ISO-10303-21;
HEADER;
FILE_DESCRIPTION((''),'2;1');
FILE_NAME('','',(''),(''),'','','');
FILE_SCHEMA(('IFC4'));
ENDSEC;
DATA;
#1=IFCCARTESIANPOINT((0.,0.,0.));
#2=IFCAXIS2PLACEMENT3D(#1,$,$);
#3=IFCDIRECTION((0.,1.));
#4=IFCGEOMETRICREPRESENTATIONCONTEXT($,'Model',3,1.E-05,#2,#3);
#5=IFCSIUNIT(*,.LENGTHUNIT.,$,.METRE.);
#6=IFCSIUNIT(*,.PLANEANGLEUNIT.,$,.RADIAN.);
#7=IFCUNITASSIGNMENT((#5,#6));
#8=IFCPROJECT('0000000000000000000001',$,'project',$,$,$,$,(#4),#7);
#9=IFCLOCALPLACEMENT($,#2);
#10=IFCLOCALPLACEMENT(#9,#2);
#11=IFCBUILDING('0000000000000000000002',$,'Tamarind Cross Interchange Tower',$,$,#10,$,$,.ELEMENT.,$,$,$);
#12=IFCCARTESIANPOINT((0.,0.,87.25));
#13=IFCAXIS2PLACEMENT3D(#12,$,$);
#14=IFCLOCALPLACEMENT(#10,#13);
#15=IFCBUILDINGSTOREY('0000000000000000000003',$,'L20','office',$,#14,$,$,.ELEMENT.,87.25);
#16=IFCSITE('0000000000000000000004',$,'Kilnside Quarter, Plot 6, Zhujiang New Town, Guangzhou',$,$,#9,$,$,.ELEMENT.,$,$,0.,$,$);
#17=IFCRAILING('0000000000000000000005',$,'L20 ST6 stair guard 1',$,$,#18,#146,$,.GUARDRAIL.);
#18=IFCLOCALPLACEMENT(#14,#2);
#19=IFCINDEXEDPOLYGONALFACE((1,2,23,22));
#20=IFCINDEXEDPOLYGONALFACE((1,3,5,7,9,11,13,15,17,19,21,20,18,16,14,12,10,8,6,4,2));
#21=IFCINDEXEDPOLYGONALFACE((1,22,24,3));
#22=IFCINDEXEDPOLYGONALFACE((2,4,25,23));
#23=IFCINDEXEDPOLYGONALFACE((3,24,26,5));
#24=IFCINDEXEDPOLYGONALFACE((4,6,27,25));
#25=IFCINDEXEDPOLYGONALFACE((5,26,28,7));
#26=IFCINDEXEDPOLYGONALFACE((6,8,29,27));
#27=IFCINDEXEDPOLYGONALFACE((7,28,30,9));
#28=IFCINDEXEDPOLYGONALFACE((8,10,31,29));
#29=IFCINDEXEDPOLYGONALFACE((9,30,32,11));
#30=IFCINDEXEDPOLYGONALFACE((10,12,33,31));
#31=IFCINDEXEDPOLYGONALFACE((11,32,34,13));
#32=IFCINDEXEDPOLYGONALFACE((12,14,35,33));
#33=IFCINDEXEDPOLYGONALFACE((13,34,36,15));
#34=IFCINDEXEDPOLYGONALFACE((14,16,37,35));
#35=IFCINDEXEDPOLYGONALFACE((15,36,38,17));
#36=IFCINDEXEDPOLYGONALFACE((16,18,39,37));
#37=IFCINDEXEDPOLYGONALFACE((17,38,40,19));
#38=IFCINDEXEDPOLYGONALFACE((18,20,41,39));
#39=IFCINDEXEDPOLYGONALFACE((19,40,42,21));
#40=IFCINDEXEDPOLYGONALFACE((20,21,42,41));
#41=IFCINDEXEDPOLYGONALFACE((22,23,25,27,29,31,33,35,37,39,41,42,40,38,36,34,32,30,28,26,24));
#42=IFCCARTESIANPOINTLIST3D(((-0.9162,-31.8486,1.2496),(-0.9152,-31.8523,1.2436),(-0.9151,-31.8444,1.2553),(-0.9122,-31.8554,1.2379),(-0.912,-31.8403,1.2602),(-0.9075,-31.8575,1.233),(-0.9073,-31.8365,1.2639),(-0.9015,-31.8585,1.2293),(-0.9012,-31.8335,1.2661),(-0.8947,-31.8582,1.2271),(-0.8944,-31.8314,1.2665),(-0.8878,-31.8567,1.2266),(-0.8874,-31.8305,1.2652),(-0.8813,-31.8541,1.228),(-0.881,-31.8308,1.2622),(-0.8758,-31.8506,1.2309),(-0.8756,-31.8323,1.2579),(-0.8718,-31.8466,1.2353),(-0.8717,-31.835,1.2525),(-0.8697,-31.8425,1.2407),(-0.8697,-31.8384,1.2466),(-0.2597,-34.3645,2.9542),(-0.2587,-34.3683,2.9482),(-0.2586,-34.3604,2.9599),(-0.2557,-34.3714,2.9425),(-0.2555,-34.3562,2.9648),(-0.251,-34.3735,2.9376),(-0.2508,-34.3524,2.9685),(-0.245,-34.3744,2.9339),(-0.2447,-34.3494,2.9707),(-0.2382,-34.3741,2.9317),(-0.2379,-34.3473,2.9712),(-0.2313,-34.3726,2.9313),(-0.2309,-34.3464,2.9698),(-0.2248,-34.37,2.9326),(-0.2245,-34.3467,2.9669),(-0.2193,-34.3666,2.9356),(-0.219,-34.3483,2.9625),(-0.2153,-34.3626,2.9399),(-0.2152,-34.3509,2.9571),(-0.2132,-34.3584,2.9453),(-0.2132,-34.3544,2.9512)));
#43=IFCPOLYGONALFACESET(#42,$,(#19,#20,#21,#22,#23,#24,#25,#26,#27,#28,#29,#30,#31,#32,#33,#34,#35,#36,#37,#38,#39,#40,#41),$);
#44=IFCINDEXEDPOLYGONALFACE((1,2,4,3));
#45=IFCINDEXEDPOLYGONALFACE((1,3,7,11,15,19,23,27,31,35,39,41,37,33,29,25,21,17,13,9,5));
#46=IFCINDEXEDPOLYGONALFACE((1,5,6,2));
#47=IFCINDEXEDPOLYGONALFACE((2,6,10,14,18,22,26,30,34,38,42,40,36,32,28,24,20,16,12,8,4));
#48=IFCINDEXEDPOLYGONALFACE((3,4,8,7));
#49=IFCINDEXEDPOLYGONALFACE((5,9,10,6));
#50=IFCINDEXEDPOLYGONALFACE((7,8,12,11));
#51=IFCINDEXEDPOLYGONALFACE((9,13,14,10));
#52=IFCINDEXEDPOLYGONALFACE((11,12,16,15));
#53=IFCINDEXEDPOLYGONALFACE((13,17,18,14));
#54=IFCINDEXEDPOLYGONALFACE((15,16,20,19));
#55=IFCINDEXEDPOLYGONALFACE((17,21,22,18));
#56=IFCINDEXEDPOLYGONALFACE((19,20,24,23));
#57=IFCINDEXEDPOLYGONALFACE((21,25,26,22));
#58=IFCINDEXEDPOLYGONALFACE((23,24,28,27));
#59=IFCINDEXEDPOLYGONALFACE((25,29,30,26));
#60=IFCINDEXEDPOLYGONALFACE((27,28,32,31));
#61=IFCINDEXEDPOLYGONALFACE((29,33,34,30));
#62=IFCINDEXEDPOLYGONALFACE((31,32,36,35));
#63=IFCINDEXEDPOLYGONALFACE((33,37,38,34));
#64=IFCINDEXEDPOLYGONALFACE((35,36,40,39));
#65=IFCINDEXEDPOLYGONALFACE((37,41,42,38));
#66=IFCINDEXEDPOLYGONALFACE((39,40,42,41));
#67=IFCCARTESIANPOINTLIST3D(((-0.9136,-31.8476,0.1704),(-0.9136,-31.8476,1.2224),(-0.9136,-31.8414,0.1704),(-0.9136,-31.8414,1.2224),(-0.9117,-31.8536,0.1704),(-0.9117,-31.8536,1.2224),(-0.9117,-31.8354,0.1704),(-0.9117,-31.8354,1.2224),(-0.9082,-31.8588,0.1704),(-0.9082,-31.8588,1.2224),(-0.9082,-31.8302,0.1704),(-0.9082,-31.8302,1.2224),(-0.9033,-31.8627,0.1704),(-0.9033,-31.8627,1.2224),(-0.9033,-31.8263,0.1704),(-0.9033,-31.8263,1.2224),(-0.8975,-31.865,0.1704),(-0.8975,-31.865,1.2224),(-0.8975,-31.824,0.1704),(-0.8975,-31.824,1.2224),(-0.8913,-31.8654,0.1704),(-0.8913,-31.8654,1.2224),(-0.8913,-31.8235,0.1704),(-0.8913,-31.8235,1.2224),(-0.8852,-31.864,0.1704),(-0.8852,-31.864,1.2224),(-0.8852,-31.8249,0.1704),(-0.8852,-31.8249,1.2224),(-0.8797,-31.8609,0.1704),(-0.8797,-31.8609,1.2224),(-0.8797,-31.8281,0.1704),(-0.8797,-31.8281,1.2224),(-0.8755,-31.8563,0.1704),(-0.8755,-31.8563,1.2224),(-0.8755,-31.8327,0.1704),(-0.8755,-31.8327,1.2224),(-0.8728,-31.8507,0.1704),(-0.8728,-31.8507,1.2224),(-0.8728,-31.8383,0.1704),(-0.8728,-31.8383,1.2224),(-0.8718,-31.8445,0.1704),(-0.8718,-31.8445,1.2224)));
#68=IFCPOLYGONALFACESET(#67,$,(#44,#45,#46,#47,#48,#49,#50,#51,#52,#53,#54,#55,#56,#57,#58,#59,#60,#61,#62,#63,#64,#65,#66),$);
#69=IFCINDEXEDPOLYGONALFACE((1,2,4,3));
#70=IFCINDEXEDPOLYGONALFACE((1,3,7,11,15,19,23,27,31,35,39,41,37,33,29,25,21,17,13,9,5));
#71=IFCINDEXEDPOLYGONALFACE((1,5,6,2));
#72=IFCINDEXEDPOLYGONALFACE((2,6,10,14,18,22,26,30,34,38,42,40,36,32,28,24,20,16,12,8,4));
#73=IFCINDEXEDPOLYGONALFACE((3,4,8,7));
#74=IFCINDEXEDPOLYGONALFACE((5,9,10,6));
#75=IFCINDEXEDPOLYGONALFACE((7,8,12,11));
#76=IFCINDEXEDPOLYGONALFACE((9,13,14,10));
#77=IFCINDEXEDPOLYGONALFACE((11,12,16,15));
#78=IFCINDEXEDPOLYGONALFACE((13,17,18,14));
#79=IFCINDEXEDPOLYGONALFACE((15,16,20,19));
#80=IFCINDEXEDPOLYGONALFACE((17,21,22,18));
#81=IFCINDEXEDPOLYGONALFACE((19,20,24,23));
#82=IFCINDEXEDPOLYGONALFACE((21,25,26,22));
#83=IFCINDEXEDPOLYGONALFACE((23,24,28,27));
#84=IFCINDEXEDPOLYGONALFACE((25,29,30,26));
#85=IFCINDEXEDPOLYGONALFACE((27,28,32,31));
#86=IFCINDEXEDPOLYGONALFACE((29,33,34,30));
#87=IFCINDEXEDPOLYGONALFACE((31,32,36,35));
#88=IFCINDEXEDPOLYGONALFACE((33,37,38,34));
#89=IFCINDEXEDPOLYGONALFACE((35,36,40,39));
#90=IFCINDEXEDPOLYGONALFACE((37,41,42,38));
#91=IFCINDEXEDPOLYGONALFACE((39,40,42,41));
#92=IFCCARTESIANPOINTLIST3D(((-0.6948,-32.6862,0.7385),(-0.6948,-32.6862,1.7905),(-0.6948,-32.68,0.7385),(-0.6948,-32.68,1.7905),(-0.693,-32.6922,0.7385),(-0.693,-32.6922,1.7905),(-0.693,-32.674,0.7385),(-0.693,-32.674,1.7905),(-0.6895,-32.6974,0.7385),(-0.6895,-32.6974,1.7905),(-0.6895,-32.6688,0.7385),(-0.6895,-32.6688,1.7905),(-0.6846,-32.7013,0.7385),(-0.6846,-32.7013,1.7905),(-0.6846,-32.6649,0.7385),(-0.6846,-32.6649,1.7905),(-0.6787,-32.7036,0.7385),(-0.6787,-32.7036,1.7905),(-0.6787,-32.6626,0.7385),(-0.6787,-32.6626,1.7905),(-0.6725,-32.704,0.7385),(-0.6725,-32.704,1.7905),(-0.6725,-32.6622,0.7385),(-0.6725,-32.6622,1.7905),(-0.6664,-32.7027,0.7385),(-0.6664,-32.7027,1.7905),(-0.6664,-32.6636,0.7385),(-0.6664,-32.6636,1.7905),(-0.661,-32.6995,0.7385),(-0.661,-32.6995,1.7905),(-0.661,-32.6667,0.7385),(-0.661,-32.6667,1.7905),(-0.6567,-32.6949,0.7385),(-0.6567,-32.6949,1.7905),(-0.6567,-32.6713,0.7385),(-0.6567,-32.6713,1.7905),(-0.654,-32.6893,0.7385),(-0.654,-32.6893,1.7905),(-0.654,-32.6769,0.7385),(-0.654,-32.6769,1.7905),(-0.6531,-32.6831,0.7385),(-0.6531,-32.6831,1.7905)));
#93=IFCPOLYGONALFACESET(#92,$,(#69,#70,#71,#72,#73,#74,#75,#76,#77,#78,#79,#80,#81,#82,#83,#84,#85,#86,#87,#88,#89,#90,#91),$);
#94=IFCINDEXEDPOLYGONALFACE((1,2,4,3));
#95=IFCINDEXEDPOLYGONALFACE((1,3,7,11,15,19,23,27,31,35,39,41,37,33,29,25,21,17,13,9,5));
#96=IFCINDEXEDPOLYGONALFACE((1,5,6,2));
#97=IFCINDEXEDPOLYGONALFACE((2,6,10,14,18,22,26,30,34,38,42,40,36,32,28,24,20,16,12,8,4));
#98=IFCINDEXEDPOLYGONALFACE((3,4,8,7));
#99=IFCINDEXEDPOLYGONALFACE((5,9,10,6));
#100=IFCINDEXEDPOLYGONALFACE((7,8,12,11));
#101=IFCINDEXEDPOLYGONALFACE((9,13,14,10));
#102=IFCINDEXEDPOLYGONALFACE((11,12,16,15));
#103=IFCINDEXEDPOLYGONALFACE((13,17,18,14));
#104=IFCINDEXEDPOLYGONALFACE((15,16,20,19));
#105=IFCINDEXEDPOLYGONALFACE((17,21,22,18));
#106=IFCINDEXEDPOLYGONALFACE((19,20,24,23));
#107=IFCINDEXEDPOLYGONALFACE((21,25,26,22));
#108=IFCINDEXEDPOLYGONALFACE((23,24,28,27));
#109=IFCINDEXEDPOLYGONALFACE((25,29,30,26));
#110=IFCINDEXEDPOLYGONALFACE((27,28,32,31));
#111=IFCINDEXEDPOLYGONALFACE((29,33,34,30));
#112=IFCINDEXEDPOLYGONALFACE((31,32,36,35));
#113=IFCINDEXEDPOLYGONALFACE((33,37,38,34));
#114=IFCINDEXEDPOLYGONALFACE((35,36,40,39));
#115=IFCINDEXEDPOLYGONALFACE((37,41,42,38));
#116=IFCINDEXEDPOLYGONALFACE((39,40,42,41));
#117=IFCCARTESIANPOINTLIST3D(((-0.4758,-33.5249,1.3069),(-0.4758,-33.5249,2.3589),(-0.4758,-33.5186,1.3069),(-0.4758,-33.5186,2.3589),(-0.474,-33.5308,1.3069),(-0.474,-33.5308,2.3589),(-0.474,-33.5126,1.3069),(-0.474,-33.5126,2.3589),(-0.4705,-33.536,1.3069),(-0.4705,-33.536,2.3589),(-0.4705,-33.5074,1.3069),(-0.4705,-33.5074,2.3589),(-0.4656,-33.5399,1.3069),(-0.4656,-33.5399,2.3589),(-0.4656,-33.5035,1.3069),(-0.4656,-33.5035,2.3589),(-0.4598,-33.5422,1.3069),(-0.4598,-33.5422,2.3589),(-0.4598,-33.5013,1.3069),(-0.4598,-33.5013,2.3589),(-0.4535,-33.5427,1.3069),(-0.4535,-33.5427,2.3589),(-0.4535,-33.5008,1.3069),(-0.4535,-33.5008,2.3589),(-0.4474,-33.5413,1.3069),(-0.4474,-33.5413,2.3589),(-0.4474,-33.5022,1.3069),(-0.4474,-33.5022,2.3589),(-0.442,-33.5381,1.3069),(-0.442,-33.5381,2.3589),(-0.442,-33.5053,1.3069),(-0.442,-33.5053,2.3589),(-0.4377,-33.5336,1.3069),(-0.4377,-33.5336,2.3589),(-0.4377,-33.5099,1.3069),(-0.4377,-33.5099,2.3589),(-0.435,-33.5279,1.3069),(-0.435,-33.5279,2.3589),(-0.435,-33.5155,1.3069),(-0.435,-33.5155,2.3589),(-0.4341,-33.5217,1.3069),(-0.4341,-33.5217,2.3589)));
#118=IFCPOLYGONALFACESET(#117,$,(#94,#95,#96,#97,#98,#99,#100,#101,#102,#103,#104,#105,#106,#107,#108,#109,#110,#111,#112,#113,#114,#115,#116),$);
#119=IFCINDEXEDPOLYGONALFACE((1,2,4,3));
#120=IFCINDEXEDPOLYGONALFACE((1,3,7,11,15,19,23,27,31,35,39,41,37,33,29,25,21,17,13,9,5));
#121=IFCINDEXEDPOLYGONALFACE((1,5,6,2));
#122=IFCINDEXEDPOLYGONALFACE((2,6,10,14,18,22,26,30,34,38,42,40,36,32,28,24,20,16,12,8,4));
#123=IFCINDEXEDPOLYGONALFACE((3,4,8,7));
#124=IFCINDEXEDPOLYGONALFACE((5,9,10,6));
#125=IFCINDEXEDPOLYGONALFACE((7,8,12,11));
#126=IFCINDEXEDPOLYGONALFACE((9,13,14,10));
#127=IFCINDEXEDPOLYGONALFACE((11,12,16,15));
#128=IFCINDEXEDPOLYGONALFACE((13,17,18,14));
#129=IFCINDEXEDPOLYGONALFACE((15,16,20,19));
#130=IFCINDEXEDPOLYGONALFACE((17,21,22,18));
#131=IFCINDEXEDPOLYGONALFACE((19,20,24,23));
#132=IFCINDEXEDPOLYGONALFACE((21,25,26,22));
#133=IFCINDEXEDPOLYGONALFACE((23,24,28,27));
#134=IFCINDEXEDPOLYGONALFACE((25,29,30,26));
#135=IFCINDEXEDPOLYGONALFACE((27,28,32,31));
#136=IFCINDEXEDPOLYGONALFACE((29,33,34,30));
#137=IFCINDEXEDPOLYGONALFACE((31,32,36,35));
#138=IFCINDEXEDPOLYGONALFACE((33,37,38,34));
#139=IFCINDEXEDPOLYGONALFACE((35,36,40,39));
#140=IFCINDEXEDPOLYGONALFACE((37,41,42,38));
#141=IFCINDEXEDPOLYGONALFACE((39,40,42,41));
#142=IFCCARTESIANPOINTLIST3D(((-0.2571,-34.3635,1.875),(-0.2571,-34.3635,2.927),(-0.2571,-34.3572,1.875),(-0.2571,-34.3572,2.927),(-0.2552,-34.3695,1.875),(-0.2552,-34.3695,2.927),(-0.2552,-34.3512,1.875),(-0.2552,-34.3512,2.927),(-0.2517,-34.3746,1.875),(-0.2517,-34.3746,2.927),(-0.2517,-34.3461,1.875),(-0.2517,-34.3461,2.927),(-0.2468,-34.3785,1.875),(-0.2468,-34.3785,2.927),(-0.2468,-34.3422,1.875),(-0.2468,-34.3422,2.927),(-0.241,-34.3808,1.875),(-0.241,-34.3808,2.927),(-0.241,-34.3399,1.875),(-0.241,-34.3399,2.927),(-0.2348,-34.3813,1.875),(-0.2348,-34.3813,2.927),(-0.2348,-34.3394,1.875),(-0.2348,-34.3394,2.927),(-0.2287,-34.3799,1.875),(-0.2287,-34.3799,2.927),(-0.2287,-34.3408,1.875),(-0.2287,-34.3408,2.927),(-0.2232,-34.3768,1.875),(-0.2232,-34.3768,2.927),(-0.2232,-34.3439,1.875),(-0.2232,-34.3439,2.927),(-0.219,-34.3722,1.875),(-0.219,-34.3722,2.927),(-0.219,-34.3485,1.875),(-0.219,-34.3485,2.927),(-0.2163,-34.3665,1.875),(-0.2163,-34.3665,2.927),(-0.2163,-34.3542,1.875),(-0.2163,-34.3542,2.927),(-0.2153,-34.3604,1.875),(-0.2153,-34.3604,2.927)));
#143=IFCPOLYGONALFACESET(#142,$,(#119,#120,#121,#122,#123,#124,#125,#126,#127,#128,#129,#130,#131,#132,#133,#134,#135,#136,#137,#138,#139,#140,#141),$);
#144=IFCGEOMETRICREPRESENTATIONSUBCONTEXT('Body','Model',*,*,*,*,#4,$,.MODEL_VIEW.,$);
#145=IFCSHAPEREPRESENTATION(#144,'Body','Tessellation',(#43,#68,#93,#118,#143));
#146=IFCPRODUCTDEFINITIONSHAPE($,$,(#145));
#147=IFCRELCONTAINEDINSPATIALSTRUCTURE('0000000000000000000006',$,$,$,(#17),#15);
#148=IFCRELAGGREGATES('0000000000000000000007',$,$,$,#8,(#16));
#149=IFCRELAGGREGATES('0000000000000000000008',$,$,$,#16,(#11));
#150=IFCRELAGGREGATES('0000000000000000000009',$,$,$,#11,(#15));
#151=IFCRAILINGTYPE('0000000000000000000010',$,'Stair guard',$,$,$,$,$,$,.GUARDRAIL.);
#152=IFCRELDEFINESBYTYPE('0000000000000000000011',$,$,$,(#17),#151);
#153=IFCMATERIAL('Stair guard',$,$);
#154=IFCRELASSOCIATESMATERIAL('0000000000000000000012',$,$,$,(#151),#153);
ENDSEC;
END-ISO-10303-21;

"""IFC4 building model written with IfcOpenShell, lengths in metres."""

from ifc_helpers import new_model, si_unit, direction, frame, origin, origin_2d, place, context, subcontext, project, spatial, circle, extrude, material, type_object, element, save


model = new_model("IFC4")

# Units and contexts
model_context = context("Model", 3, precision=1e-05, world=origin(), true_north=direction((0.0, 1.0)))
body_context = subcontext(model_context, "Body", "Model", "MODEL_VIEW")
ifc_project = project(units=[si_unit("LENGTHUNIT", "METRE"), si_unit("PLANEANGLEUNIT", "RADIAN")], contexts=[model_context])

# Site, building, storey
site_placement = place(None, origin())
site = spatial("IfcSite", under=ifc_project, at=site_placement, Name="Kilnside Quarter, Plot 6, Zhujiang New Town, Guangzhou", CompositionType="ELEMENT", RefElevation=0.0)
building_placement = place(site_placement, origin())
building = spatial("IfcBuilding", under=site, at=building_placement, Name="Tamarind Cross Interchange Tower", CompositionType="ELEMENT")
storey_placement = place(building_placement, frame((0.0, 0.0, 87.25)))
storey = spatial("IfcBuildingStorey", under=building, at=storey_placement, Name="L20", Description="office", CompositionType="ELEMENT", Elevation=87.25)

# Railing
ifc_material_1 = material(Name="Stair guard")
railing_type_1 = type_object("IfcRailingType", Name="Stair guard", PredefinedType="GUARDRAIL", material=ifc_material_1)
railing_1_placement = place(storey_placement, frame((-0.8928, -31.8445, 0.1704)))
element("IfcRailing", 1, at=railing_1_placement, inside=storey, type_object=railing_type_1, Name="L20 ST6 stair guard 1", PredefinedType="GUARDRAIL", context=body_context, shape_type="SweptSolid", body=[
    extrude(circle(Radius=0.0239, at=origin_2d()), frame((0.0, 0.0, 1.0762), z_axis=(0.211156, -0.809208, 0.548267), x_axis=(0.9676, 0.252487, 0.0)), (0.0, 0.0, 1.0), 3.1091),
    extrude(circle(Radius=0.021, at=origin_2d()), origin(), (0.0, 0.0, 1.0), 1.052),
    extrude(circle(Radius=0.021, at=origin_2d()), frame((0.2188, -0.8386, 0.5681)), (0.0, 0.0, 1.0), 1.052),
    extrude(circle(Radius=0.021, at=origin_2d()), frame((0.4377, -1.6772, 1.1365)), (0.0, 0.0, 1.0), 1.052),
    extrude(circle(Radius=0.021, at=origin_2d()), frame((0.6565, -2.5159, 1.7046)), (0.0, 0.0, 1.0), 1.052),
])

save(model, "model.ifc")
